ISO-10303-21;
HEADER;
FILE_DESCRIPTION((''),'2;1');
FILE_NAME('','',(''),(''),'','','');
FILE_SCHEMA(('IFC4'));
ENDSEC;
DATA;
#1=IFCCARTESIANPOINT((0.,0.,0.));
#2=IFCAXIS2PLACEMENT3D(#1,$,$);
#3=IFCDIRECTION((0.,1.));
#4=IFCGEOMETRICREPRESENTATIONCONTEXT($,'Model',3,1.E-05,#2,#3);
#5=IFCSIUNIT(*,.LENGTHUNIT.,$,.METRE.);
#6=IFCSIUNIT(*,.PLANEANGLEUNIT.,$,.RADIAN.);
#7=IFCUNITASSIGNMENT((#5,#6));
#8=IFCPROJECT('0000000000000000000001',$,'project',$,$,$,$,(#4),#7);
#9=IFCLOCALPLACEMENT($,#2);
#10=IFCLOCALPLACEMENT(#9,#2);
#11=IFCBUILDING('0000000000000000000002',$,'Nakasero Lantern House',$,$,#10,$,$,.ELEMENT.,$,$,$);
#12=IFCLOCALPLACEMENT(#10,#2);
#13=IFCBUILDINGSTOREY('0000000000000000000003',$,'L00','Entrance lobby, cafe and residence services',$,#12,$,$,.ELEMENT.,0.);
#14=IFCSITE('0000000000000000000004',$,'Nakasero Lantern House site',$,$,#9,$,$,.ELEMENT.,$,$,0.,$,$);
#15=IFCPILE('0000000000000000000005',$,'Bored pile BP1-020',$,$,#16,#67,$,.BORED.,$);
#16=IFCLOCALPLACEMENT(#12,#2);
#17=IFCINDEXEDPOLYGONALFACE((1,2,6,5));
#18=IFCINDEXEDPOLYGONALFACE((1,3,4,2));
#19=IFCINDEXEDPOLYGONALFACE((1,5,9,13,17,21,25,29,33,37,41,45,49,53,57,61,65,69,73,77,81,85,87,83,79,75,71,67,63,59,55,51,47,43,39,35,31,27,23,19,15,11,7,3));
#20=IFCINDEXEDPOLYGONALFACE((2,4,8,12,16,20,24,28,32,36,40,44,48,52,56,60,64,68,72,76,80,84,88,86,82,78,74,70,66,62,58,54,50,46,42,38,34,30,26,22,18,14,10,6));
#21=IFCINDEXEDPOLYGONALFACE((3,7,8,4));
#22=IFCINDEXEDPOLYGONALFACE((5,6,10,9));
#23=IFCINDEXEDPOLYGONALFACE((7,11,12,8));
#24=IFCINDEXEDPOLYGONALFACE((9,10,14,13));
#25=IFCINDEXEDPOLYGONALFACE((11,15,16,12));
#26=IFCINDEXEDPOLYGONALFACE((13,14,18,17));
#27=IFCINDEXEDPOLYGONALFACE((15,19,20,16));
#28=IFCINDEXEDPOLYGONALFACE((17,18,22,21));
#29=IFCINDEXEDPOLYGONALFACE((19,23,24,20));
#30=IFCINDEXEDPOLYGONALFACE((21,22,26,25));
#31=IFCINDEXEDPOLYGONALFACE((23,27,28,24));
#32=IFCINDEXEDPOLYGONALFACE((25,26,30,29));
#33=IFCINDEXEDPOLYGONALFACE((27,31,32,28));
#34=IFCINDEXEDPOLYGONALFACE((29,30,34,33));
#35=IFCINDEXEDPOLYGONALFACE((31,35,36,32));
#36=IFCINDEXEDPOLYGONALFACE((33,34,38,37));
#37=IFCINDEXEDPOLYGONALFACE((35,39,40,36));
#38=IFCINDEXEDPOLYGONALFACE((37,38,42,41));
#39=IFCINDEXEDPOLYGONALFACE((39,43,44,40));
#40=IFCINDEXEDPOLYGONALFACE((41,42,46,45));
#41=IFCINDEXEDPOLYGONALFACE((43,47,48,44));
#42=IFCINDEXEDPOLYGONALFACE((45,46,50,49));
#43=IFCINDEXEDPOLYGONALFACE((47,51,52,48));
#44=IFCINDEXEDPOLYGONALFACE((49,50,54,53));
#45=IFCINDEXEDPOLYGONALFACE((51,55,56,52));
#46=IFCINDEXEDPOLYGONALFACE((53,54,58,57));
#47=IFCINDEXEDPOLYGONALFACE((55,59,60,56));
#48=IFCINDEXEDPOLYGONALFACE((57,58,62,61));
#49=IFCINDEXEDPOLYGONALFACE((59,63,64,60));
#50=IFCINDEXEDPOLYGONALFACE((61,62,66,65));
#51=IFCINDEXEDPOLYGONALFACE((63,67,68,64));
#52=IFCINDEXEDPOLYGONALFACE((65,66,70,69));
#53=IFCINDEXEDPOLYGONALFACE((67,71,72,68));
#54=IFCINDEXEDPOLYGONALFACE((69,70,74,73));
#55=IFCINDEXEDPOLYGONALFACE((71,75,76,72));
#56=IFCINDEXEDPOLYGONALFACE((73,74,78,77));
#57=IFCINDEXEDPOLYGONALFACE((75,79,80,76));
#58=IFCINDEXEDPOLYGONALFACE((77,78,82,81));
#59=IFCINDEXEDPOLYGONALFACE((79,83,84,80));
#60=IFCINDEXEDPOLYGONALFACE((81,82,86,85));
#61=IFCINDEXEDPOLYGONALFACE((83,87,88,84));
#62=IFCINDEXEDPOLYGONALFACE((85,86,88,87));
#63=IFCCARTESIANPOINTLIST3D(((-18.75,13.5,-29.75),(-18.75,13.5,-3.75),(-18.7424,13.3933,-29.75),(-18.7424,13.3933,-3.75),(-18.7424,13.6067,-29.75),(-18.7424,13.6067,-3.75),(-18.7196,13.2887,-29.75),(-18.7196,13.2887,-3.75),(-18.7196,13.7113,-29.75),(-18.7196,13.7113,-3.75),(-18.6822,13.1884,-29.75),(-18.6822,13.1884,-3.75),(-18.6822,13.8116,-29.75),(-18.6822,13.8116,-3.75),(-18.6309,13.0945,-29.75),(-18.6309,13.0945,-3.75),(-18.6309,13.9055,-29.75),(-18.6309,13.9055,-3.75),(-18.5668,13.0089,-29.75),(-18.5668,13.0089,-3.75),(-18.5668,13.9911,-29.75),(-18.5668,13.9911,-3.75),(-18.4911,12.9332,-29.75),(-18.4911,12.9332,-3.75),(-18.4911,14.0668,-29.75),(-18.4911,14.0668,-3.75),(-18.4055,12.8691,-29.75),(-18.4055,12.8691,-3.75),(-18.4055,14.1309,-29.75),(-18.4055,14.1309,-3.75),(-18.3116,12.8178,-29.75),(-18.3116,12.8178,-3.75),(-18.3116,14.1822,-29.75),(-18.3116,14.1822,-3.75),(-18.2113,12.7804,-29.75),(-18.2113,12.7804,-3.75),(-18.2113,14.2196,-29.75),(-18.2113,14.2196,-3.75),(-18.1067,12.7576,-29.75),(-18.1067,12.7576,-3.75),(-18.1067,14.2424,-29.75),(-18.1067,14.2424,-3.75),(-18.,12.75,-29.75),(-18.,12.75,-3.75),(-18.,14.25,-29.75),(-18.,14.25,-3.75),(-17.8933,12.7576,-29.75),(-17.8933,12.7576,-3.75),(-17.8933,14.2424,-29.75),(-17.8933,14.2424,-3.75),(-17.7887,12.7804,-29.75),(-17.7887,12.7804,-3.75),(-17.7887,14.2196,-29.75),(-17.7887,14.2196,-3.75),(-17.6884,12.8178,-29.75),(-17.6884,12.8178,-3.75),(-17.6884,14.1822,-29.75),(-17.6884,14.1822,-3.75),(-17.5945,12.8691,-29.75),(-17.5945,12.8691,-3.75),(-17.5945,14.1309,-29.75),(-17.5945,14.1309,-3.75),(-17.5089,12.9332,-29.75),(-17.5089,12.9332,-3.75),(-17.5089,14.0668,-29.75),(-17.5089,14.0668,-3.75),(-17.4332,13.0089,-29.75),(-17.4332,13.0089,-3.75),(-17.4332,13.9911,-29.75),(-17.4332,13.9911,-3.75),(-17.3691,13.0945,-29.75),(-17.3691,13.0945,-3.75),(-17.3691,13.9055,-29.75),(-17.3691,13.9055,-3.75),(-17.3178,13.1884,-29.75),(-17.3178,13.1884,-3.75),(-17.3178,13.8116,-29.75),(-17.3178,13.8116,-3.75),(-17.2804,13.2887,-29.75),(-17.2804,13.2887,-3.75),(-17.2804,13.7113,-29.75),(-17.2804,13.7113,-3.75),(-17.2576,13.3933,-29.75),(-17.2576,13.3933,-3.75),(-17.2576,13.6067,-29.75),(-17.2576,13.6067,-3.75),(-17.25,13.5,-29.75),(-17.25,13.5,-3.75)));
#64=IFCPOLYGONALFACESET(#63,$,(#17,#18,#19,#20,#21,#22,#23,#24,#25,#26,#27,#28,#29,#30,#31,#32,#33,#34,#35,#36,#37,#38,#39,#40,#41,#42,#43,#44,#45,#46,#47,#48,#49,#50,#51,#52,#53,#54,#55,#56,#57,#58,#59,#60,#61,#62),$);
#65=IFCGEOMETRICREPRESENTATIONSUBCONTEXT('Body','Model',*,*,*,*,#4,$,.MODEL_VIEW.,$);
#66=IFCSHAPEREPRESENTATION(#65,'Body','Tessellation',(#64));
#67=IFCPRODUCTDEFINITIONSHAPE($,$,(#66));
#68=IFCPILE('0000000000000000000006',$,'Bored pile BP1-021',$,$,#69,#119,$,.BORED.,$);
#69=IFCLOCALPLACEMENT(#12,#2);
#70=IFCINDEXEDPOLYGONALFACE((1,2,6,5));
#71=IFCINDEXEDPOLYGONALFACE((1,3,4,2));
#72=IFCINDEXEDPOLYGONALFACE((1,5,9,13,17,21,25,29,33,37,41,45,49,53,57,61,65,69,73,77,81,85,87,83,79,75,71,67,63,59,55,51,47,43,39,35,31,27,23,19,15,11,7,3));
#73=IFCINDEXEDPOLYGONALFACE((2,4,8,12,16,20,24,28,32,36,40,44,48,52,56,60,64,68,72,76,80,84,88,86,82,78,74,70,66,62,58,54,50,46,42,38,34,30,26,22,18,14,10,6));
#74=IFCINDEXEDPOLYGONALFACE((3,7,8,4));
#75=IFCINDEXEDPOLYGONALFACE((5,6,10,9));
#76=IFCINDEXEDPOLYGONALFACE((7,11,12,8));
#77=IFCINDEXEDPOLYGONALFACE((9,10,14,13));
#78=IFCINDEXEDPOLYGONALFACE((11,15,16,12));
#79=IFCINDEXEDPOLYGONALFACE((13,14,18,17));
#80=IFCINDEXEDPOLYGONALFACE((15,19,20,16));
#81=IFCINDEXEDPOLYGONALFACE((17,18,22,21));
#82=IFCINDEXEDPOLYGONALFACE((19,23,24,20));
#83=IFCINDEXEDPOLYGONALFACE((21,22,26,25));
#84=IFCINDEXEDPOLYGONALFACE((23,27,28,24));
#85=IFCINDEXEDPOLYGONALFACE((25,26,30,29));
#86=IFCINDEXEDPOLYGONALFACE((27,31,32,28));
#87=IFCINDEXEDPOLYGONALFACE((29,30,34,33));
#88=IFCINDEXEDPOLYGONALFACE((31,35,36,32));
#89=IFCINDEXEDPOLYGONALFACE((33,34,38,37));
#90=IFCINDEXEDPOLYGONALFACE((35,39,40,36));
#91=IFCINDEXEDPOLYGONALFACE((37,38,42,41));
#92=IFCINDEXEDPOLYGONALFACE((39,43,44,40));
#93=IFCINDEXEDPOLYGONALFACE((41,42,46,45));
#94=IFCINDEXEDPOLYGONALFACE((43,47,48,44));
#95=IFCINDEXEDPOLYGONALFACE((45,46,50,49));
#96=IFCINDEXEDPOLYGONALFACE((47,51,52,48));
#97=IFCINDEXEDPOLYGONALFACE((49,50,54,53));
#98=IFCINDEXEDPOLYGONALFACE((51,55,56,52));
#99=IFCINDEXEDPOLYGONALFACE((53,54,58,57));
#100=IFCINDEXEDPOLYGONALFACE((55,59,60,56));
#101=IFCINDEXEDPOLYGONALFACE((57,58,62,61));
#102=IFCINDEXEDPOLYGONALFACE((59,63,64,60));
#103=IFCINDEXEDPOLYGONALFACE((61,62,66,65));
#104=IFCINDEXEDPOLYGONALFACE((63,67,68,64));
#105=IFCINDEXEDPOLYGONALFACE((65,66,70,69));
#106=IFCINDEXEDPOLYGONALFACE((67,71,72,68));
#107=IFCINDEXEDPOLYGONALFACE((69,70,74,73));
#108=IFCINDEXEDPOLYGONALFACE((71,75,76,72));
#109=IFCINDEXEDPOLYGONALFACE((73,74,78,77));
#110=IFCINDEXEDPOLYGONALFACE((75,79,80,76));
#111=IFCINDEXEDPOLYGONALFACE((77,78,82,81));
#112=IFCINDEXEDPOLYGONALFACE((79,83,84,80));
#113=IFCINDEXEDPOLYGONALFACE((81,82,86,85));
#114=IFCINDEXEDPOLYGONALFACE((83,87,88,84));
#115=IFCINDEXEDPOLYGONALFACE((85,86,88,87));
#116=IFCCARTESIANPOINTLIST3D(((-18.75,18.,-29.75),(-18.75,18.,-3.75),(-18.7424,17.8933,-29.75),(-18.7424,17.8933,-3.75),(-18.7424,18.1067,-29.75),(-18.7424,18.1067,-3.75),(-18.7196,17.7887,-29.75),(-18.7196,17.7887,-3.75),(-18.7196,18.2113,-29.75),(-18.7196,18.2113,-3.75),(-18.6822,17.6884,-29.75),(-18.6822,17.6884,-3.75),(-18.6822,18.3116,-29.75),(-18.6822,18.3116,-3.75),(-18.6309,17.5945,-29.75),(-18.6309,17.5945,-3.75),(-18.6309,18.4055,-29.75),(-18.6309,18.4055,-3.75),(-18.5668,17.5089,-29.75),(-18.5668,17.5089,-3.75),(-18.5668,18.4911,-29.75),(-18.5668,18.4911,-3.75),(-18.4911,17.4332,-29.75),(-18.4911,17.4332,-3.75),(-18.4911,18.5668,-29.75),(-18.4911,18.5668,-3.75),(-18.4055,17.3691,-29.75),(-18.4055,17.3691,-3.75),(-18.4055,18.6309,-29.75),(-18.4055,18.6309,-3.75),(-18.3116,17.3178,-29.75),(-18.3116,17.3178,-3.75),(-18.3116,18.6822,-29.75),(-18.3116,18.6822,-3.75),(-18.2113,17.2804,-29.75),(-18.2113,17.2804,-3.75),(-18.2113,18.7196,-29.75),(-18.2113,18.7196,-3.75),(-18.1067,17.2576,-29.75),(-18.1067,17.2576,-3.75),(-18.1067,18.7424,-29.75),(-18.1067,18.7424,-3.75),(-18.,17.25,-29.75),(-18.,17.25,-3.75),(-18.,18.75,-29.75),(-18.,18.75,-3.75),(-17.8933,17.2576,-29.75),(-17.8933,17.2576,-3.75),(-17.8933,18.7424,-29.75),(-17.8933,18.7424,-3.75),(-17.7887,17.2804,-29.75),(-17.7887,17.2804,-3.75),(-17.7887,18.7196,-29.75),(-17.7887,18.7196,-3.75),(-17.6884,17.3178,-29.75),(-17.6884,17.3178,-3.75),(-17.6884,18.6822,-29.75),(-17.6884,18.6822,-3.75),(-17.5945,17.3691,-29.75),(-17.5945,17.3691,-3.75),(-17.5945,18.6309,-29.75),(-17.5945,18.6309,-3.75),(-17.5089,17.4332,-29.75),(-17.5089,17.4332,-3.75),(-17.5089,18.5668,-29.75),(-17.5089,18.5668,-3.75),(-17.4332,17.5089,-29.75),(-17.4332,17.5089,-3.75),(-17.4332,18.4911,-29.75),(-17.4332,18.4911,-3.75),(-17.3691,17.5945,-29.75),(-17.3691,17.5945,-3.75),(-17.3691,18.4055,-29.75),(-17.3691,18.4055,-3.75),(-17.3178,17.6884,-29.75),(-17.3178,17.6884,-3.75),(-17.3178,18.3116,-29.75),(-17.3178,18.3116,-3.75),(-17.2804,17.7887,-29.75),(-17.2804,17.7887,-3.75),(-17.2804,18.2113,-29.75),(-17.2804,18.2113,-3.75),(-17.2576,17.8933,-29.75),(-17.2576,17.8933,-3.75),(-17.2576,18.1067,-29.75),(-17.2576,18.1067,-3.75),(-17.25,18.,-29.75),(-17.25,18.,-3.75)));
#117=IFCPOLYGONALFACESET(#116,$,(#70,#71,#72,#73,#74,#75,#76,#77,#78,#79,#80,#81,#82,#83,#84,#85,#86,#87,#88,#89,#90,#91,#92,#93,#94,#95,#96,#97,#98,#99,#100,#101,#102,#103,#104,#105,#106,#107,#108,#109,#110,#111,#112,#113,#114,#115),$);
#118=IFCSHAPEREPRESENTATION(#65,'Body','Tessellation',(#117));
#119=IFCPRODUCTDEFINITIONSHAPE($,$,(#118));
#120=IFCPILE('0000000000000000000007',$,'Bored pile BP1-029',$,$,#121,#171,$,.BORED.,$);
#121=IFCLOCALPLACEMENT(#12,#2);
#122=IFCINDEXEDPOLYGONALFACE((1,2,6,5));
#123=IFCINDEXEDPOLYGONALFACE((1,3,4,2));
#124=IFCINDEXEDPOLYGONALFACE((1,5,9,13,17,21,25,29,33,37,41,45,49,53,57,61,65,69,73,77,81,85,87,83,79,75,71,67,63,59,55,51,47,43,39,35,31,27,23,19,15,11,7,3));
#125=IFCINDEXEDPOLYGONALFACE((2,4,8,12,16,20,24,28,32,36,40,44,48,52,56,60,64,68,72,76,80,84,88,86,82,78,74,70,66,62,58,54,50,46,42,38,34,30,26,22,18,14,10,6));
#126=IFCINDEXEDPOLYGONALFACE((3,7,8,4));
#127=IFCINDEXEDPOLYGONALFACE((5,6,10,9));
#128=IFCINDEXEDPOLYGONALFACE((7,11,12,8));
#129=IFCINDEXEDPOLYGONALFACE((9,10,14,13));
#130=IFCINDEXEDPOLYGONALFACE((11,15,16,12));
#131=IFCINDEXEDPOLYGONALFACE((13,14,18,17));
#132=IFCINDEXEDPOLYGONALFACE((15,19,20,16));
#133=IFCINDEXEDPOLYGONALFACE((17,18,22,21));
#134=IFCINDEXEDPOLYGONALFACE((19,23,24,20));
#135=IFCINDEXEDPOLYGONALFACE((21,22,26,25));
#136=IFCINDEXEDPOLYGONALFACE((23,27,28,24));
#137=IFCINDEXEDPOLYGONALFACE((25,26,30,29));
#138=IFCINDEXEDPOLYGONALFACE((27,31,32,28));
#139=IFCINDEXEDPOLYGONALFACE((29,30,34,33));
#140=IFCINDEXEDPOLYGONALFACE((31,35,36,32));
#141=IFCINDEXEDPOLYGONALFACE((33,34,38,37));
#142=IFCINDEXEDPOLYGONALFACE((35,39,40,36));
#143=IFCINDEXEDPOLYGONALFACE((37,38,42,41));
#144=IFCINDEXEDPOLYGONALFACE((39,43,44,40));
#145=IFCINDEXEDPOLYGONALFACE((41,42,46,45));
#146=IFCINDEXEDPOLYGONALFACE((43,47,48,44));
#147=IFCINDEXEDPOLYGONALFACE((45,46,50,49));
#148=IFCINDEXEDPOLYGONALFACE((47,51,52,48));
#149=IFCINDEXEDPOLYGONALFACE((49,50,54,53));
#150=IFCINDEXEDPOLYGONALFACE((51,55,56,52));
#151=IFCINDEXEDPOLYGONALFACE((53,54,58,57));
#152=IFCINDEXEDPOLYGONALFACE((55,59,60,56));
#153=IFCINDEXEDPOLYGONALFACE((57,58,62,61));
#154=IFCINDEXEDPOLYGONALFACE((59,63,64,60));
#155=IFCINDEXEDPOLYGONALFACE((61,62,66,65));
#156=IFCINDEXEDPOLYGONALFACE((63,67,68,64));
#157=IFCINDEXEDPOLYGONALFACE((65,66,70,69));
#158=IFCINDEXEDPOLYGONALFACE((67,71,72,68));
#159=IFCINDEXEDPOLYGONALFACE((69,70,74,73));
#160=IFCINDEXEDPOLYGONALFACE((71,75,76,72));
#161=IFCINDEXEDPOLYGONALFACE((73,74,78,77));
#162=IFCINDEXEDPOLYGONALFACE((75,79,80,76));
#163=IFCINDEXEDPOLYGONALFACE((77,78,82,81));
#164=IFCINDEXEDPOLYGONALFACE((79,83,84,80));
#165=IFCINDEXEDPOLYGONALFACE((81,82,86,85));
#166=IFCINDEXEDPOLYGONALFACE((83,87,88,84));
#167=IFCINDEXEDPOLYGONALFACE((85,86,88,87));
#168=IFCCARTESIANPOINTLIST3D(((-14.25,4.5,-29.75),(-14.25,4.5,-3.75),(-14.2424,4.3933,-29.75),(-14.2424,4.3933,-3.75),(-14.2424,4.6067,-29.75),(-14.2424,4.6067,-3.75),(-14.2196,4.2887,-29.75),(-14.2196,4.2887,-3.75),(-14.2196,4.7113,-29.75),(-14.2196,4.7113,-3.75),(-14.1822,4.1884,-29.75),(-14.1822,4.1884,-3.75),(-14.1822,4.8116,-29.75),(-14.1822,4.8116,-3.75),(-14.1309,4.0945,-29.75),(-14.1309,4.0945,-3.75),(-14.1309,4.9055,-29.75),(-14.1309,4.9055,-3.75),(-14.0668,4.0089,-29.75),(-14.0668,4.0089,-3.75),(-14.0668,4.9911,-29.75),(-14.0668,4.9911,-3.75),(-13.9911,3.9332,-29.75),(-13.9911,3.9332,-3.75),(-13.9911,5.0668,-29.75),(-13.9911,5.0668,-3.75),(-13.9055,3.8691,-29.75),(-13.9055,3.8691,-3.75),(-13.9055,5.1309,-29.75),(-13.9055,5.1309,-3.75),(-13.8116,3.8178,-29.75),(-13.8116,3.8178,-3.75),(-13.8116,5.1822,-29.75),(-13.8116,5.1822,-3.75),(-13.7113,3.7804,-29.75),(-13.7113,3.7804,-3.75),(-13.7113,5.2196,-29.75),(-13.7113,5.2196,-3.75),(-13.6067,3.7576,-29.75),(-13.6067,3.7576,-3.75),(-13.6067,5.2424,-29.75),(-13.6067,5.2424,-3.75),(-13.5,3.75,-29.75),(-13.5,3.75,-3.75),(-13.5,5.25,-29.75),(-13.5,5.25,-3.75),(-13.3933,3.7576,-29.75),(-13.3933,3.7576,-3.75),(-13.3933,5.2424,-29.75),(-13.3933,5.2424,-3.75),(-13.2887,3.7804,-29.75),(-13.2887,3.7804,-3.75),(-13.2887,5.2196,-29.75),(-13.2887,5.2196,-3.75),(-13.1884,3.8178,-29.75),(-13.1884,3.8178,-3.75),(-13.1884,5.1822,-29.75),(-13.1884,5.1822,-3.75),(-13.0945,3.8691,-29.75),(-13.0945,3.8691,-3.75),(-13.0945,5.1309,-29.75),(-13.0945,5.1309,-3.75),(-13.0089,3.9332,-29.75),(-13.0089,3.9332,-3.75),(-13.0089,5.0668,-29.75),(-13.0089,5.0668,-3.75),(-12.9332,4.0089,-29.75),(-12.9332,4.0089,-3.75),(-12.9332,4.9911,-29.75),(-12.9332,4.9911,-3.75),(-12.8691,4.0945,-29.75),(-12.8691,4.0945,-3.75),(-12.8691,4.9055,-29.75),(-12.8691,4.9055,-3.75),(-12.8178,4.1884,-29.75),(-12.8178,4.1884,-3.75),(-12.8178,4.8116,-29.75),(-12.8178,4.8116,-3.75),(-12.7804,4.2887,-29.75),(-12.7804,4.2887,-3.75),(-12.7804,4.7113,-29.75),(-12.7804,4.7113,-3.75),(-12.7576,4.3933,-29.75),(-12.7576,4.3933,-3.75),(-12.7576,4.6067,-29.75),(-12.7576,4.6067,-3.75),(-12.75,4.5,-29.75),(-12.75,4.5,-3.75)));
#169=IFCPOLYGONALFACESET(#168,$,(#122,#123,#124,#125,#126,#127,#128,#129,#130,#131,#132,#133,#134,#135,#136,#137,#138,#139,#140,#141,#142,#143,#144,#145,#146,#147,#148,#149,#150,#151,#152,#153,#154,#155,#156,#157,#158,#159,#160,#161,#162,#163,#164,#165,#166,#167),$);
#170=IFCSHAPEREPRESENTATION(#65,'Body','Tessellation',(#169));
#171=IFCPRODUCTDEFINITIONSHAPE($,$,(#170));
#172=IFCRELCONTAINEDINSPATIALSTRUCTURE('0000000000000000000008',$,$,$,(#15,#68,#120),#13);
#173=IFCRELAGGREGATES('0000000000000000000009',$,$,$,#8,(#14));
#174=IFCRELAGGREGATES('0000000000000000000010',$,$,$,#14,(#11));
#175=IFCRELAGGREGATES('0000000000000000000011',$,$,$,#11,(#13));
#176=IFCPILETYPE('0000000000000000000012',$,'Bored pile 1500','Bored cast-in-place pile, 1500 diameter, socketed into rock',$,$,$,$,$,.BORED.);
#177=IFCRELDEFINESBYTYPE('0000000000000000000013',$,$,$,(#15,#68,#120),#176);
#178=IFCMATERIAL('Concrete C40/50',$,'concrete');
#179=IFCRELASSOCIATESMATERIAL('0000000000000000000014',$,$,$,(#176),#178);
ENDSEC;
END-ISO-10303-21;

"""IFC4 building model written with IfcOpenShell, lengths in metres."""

from ifc_helpers import new_model, si_unit, direction, frame, origin, origin_2d, place, context, subcontext, project, spatial, circle, extrude, material, type_object, element, save


model = new_model("IFC4")

# Units and contexts
model_context = context("Model", 3, precision=1e-05, world=origin(), true_north=direction((0.0, 1.0)))
body_context = subcontext(model_context, "Body", "Model", "MODEL_VIEW")
ifc_project = project(units=[si_unit("LENGTHUNIT", "METRE"), si_unit("PLANEANGLEUNIT", "RADIAN")], contexts=[model_context])

# Site, building, storey
site_placement = place(None, origin())
site = spatial("IfcSite", under=ifc_project, at=site_placement, Name="Nakasero Lantern House site", CompositionType="ELEMENT", RefElevation=0.0)
building_placement = place(site_placement, origin())
building = spatial("IfcBuilding", under=site, at=building_placement, Name="Nakasero Lantern House", CompositionType="ELEMENT")
storey_placement = place(building_placement, origin())
storey = spatial("IfcBuildingStorey", under=building, at=storey_placement, Name="L00", Description="Entrance lobby, cafe and residence services", CompositionType="ELEMENT", Elevation=0.0)

# Piles
ifc_material_1 = material(Name="Concrete C40/50", Category="concrete")
pile_type = type_object("IfcPileType", Name="Bored pile 1500", Description="Bored cast-in-place pile, 1500 diameter, socketed into rock", PredefinedType="BORED", material=ifc_material_1)
for number, where, z_axis, x_axis, name in (
    (1, (-18.0, 13.5, -3.75), (0.0, 0.0, -1.0), (1.0, 0.0, 0.0), "Bored pile BP1-020"),
    (2, (-18.0, 18.0, -3.75), (0.0, 0.0, -1.0), (1.0, 0.0, 0.0), "Bored pile BP1-021"),
    (3, (-13.5, 4.5, -3.75), (0.0, 0.0, -1.0), (1.0, 0.0, 0.0), "Bored pile BP1-029"),
):
    element("IfcPile", number, at=place(storey_placement, frame(where, z_axis=z_axis, x_axis=x_axis)), inside=storey, type_object=pile_type, Name=name, PredefinedType="BORED", context=body_context, shape_type="SweptSolid", body=[
        extrude(circle(Radius=0.75, at=origin_2d()), origin(), (0.0, 0.0, 1.0), 26.0),
    ])

save(model, "model.ifc")
